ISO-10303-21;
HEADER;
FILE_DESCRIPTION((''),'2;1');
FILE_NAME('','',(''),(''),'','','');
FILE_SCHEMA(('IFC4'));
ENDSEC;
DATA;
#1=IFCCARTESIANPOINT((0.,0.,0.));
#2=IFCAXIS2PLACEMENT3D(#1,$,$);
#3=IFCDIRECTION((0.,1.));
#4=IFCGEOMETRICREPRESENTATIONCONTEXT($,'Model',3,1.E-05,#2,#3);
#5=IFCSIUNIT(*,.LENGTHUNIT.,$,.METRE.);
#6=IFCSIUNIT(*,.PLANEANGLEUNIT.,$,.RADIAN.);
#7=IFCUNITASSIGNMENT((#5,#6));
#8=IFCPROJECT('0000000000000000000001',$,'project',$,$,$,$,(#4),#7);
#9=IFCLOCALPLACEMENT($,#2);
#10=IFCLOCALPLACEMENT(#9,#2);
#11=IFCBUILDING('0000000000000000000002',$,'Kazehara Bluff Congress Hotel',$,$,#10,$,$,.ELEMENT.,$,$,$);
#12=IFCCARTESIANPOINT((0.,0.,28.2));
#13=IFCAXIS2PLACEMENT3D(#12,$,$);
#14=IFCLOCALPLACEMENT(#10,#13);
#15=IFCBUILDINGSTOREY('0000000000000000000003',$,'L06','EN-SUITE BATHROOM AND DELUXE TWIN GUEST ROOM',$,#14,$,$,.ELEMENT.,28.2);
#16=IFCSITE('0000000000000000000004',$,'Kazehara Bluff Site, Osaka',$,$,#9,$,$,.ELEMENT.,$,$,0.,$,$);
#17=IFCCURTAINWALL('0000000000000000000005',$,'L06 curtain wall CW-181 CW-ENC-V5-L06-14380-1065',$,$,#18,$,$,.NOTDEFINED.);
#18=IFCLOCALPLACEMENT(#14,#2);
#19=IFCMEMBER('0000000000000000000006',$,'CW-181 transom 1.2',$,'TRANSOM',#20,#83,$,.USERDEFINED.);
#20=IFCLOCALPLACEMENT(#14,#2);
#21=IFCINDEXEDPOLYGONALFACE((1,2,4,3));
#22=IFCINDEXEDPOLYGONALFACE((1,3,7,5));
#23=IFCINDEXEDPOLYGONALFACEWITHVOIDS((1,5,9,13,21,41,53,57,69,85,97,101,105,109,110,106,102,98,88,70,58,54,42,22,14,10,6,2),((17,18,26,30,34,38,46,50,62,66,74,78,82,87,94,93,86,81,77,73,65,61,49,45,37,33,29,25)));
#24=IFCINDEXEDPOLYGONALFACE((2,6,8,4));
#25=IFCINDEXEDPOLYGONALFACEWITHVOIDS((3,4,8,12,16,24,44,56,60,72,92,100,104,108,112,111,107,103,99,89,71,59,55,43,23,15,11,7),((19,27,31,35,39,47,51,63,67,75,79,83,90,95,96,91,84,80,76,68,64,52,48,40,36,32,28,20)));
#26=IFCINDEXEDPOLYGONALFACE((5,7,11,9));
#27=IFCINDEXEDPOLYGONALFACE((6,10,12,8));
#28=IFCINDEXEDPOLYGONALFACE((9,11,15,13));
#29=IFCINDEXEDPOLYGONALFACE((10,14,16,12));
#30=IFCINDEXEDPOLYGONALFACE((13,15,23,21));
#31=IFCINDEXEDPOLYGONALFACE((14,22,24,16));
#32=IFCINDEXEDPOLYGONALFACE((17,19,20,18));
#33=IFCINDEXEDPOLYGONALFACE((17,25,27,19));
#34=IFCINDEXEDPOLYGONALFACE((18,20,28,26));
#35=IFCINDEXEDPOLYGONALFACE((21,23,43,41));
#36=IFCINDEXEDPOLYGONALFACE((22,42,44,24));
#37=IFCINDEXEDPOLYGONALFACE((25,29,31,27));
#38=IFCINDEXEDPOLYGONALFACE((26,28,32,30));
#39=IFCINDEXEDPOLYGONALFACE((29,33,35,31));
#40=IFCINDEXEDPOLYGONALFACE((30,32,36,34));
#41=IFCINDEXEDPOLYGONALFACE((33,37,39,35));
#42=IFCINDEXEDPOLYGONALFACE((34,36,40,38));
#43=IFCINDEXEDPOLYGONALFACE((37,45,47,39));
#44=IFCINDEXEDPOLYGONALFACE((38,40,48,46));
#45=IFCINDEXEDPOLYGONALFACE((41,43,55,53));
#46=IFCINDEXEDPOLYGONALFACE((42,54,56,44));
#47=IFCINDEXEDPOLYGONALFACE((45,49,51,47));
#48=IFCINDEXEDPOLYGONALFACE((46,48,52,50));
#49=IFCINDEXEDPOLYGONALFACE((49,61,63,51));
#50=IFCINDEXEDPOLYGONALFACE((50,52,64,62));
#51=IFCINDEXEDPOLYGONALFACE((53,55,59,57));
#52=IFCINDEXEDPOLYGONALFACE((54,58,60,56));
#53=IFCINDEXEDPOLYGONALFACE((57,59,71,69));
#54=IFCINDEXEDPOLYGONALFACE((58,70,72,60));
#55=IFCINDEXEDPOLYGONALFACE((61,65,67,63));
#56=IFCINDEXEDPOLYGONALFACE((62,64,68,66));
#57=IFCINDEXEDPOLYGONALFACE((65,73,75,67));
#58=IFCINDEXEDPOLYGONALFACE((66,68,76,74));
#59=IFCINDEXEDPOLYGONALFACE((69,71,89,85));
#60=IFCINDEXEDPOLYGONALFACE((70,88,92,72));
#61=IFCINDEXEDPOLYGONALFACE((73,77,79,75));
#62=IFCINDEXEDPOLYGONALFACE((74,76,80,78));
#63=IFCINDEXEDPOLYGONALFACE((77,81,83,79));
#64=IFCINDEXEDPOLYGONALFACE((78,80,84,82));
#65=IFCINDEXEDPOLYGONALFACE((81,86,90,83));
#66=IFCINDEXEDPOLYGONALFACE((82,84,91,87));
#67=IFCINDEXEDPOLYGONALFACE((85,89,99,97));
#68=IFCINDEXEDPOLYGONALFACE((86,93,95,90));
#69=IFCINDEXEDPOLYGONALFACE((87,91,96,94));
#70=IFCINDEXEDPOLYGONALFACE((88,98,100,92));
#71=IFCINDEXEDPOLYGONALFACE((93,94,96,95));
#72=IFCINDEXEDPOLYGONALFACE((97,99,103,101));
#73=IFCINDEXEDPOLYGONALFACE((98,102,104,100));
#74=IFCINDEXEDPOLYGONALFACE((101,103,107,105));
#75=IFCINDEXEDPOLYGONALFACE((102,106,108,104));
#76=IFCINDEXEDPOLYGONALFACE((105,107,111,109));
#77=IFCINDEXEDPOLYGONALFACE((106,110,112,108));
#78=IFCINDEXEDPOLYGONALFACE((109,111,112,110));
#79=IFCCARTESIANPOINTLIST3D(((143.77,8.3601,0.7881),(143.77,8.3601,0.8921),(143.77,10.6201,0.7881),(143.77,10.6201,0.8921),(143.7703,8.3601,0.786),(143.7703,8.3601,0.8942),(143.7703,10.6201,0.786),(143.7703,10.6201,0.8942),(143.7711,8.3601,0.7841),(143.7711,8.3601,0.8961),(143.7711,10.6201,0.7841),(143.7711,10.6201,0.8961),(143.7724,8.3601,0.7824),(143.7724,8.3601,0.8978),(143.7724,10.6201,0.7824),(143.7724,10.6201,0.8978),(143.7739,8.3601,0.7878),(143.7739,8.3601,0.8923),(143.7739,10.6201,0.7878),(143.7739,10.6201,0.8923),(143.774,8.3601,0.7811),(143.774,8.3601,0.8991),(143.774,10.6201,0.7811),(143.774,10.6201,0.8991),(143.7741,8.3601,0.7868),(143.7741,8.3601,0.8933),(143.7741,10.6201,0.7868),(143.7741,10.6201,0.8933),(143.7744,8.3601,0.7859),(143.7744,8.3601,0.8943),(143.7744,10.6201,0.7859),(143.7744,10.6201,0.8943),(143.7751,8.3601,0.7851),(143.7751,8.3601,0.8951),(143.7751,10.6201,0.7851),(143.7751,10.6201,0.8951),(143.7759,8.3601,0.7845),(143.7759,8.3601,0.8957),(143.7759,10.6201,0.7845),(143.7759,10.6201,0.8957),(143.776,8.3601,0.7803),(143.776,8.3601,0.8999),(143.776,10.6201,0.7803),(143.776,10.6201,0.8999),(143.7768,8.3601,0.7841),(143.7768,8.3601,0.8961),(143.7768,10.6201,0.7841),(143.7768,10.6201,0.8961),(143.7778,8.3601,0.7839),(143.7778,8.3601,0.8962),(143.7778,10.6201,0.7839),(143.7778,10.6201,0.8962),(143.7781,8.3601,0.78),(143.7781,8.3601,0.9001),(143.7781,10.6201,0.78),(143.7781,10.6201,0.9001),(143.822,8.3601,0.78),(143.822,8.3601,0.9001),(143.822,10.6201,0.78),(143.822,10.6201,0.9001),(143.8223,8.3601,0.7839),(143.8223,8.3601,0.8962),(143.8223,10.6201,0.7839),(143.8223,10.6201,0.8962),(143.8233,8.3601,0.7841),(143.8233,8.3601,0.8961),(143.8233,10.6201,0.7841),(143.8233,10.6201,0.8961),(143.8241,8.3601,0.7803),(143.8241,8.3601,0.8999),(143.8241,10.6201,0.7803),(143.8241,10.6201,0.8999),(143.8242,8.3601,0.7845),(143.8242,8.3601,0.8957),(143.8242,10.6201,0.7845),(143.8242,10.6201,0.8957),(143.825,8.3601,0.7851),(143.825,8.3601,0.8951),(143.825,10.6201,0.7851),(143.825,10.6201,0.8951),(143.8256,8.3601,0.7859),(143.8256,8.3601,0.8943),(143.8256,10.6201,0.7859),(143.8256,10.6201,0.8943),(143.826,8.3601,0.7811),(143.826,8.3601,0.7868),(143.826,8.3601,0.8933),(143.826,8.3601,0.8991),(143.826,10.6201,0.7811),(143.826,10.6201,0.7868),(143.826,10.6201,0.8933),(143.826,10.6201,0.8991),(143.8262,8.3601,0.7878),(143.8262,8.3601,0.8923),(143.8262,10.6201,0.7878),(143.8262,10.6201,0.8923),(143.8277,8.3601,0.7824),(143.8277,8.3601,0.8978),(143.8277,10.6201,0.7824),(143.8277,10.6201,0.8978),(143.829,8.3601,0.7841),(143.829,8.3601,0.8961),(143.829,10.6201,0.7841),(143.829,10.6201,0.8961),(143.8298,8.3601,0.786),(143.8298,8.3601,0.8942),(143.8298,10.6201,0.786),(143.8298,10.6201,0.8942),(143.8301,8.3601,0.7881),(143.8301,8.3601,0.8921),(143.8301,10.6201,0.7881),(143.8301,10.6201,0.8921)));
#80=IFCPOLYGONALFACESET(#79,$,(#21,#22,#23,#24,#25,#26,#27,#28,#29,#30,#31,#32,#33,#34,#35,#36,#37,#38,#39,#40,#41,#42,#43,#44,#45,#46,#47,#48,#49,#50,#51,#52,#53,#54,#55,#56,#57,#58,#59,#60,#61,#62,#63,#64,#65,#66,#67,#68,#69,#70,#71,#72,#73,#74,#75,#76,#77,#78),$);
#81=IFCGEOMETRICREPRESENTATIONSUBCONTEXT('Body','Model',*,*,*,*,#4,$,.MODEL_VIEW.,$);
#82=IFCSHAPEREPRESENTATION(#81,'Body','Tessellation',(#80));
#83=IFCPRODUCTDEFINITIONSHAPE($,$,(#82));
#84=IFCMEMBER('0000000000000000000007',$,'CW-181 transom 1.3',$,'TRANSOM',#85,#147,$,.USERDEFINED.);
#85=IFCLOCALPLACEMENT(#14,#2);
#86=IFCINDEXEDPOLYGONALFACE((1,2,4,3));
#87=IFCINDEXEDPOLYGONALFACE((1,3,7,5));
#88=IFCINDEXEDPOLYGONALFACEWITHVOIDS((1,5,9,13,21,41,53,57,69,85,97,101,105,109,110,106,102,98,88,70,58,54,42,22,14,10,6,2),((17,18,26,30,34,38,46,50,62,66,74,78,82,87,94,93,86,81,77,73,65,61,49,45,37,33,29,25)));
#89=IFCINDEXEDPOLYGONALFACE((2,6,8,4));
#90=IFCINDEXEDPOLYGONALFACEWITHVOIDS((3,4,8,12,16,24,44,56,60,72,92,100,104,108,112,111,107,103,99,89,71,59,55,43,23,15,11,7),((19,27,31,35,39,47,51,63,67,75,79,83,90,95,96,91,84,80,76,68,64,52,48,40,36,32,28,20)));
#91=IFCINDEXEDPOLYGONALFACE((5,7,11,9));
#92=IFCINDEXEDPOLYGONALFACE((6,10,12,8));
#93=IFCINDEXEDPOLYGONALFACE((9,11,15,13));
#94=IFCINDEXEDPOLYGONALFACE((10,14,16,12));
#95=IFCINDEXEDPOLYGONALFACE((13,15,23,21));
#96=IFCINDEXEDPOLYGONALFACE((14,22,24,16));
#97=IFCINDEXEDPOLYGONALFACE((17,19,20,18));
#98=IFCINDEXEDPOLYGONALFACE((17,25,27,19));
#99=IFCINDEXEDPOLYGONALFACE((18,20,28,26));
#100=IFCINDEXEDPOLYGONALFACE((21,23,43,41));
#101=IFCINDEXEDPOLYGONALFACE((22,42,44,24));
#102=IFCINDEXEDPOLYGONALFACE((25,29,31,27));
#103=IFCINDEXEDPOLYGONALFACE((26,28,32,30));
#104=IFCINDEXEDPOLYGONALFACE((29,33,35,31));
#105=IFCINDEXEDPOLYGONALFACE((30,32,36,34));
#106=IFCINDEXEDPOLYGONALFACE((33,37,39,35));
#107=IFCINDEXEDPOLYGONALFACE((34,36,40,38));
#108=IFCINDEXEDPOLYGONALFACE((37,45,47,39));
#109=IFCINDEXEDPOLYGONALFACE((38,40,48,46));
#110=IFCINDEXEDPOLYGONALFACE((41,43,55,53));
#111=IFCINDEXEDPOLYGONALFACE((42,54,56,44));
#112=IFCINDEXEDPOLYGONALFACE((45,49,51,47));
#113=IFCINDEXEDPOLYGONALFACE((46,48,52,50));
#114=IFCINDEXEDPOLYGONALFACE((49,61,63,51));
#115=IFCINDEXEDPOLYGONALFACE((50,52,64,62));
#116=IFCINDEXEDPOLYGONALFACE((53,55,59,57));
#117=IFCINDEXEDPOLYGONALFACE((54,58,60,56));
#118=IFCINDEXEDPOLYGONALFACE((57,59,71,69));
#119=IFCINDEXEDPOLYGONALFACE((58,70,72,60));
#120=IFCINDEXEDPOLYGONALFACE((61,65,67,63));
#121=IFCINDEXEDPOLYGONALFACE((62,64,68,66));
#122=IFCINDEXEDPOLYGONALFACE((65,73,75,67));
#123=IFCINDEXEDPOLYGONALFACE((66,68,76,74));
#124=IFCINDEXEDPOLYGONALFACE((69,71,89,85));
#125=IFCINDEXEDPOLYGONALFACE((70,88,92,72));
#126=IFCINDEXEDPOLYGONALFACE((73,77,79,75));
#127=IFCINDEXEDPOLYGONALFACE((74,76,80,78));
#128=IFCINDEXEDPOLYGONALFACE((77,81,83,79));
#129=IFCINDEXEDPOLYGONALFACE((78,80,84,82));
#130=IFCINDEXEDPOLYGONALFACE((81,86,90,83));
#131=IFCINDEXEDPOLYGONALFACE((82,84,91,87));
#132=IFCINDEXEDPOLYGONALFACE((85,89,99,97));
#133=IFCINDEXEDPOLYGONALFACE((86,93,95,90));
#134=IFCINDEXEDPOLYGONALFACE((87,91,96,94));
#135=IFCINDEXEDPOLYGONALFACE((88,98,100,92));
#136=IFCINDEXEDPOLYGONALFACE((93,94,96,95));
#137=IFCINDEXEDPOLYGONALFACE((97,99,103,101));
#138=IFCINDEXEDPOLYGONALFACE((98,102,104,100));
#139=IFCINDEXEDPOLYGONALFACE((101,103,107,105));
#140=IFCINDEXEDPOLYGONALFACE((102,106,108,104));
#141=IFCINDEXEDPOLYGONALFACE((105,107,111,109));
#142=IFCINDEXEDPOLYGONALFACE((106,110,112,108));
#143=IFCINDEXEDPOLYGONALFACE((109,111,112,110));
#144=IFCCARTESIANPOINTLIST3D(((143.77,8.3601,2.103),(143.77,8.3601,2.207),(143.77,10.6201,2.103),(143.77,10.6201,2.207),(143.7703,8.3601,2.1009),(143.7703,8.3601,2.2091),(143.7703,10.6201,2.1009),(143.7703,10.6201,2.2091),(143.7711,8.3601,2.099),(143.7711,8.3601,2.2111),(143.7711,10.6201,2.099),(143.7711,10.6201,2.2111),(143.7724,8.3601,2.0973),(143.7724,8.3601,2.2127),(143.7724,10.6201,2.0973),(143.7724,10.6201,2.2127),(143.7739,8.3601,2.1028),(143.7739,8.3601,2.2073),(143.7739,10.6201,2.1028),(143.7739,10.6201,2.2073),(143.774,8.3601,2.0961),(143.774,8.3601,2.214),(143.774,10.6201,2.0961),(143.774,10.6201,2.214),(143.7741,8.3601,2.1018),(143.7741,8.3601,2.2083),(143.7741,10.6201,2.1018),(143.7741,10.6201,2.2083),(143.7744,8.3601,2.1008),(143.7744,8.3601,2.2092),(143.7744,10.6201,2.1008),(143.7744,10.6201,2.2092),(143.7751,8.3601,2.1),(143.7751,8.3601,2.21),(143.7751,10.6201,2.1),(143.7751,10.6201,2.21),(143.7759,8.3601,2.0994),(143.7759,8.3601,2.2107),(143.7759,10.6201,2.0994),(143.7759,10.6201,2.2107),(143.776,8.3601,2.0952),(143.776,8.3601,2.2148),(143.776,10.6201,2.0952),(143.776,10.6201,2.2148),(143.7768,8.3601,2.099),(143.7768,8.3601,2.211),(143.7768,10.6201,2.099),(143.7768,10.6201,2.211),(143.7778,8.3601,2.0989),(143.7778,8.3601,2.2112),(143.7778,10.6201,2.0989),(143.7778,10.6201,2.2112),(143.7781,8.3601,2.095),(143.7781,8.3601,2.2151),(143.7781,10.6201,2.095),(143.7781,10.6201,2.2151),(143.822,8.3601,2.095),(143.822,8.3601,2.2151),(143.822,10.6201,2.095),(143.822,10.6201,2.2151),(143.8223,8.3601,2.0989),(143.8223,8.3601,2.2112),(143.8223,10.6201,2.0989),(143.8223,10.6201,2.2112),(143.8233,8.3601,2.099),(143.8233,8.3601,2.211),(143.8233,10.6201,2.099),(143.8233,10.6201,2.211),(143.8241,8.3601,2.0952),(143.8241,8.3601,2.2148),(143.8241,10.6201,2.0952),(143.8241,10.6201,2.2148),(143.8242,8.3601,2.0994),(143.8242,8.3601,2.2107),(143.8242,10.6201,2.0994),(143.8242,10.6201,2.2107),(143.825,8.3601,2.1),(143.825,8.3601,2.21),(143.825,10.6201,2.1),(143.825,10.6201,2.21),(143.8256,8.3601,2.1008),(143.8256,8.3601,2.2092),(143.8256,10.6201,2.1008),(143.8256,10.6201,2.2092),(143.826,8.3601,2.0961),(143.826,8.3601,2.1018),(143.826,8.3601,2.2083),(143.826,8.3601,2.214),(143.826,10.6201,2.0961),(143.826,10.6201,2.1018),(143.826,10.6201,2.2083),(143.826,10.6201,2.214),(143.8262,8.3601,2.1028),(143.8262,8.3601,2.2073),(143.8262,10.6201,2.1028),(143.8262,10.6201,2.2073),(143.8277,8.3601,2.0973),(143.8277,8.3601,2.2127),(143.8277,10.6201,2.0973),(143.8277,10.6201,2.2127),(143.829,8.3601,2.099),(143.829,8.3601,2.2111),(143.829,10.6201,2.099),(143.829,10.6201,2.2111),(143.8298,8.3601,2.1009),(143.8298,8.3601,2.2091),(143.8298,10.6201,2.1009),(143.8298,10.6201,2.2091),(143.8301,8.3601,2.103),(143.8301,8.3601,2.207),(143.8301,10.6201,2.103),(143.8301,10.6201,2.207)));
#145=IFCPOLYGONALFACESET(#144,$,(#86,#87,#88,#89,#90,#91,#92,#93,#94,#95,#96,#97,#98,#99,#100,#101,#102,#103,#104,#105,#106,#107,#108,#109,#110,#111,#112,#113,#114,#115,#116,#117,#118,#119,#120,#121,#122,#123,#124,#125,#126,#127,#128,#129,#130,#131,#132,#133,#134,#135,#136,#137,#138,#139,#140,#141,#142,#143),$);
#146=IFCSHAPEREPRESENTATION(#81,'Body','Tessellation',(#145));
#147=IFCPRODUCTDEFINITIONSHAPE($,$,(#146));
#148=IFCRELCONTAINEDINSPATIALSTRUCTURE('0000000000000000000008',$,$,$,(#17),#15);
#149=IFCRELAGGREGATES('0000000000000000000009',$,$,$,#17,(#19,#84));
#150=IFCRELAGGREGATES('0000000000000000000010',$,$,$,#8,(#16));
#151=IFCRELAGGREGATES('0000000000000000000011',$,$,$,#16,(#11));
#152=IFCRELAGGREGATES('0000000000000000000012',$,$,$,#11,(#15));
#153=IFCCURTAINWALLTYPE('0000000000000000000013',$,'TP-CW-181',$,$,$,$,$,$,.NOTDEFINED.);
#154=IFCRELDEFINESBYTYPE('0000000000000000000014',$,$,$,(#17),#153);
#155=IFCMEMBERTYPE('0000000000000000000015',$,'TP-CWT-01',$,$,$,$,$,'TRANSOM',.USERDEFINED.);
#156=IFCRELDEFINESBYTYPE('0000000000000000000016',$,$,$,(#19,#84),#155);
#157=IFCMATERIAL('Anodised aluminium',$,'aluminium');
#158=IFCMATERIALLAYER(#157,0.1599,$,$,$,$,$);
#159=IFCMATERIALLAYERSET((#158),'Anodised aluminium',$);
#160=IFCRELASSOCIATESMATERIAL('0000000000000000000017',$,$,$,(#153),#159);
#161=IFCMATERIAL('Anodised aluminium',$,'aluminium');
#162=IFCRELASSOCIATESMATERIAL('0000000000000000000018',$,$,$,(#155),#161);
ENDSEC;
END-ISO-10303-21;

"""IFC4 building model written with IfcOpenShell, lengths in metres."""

from ifc_helpers import new_model, si_unit, direction, frame, origin, origin_2d, place, context, subcontext, project, spatial, hollow_rectangle, extrude, material, layer, layer_set, material_profile, profile_set, type_object, element, aggregate, save


model = new_model("IFC4")

# Units and contexts
model_context = context("Model", 3, precision=1e-05, world=origin(), true_north=direction((0.0, 1.0)))
body_context = subcontext(model_context, "Body", "Model", "MODEL_VIEW")
ifc_project = project(units=[si_unit("LENGTHUNIT", "METRE"), si_unit("PLANEANGLEUNIT", "RADIAN")], contexts=[model_context])

# Site, building, storey
site_placement = place(None, origin())
site = spatial("IfcSite", under=ifc_project, at=site_placement, Name="Kazehara Bluff Site, Osaka", CompositionType="ELEMENT", RefElevation=0.0)
building_placement = place(site_placement, origin())
building = spatial("IfcBuilding", under=site, at=building_placement, Name="Kazehara Bluff Congress Hotel", CompositionType="ELEMENT")
storey_placement = place(building_placement, frame((0.0, 0.0, 28.2)))
storey = spatial("IfcBuildingStorey", under=building, at=storey_placement, Name="L06", Description="EN-SUITE BATHROOM AND DELUXE TWIN GUEST ROOM", CompositionType="ELEMENT", Elevation=28.2)

# Curtain wall
ifc_material_1 = material(Name="Anodised aluminium", Category="aluminium")
ifc_layer_1 = layer(ifc_material_1, 0.1599)
ifc_layer_set_1 = layer_set([ifc_layer_1], Name="Anodised aluminium")
curtain_wall_type_1 = type_object("IfcCurtainWallType", Name="TP-CW-181", PredefinedType="NOTDEFINED", material=ifc_layer_set_1)
curtain_wall_1_placement = place(storey_placement, origin())
curtain_wall_1 = element("IfcCurtainWall", 1, at=curtain_wall_1_placement, inside=storey, type_object=curtain_wall_type_1, Name="L06 curtain wall CW-181 CW-ENC-V5-L06-14380-1065", PredefinedType="NOTDEFINED")

# Members
ifc_material_2 = material(Name="Anodised aluminium", Category="aluminium")
ifc_material_profile_1 = material_profile(ifc_material_2, hollow_rectangle(XDim=0.0601, YDim=0.1201, WallThickness=0.0039, InnerFilletRadius=0.0039, OuterFilletRadius=0.0081, at=origin_2d()))
ifc_profile_set_1 = profile_set([ifc_material_profile_1], Name="Anodised aluminium")
member_type_1 = type_object("IfcMemberType", Name="TP-CWT-01", ElementType="TRANSOM", PredefinedType="USERDEFINED", material=ifc_profile_set_1)
member_1_placement = place(storey_placement, frame((143.8, 8.3601, 0.8401), z_axis=(0.0, 1.0, 0.0), x_axis=(-1.0, 0.0, 0.0)))
member_1 = element("IfcMember", 2, at=member_1_placement, type_object=member_type_1, Name="CW-181 transom 1.2", ObjectType="TRANSOM", PredefinedType="USERDEFINED", context=body_context, shape_type="SweptSolid", body=[
    extrude(hollow_rectangle(XDim=0.0601, YDim=0.1201, WallThickness=0.0039, InnerFilletRadius=0.0039, OuterFilletRadius=0.0081, at=origin_2d()), origin(), (0.0, 0.0, 1.0), 2.26),
])
member_2_placement = place(storey_placement, frame((143.8, 8.3601, 2.155), z_axis=(0.0, 1.0, 0.0), x_axis=(-1.0, 0.0, 0.0)))
member_2 = element("IfcMember", 3, at=member_2_placement, type_object=member_type_1, Name="CW-181 transom 1.3", ObjectType="TRANSOM", PredefinedType="USERDEFINED", context=body_context, shape_type="SweptSolid", body=[
    extrude(hollow_rectangle(XDim=0.0601, YDim=0.1201, WallThickness=0.0039, InnerFilletRadius=0.0039, OuterFilletRadius=0.0081, at=origin_2d()), origin(), (0.0, 0.0, 1.0), 2.26),
])

aggregate(curtain_wall_1, [member_1, member_2])

save(model, "model.ifc")
